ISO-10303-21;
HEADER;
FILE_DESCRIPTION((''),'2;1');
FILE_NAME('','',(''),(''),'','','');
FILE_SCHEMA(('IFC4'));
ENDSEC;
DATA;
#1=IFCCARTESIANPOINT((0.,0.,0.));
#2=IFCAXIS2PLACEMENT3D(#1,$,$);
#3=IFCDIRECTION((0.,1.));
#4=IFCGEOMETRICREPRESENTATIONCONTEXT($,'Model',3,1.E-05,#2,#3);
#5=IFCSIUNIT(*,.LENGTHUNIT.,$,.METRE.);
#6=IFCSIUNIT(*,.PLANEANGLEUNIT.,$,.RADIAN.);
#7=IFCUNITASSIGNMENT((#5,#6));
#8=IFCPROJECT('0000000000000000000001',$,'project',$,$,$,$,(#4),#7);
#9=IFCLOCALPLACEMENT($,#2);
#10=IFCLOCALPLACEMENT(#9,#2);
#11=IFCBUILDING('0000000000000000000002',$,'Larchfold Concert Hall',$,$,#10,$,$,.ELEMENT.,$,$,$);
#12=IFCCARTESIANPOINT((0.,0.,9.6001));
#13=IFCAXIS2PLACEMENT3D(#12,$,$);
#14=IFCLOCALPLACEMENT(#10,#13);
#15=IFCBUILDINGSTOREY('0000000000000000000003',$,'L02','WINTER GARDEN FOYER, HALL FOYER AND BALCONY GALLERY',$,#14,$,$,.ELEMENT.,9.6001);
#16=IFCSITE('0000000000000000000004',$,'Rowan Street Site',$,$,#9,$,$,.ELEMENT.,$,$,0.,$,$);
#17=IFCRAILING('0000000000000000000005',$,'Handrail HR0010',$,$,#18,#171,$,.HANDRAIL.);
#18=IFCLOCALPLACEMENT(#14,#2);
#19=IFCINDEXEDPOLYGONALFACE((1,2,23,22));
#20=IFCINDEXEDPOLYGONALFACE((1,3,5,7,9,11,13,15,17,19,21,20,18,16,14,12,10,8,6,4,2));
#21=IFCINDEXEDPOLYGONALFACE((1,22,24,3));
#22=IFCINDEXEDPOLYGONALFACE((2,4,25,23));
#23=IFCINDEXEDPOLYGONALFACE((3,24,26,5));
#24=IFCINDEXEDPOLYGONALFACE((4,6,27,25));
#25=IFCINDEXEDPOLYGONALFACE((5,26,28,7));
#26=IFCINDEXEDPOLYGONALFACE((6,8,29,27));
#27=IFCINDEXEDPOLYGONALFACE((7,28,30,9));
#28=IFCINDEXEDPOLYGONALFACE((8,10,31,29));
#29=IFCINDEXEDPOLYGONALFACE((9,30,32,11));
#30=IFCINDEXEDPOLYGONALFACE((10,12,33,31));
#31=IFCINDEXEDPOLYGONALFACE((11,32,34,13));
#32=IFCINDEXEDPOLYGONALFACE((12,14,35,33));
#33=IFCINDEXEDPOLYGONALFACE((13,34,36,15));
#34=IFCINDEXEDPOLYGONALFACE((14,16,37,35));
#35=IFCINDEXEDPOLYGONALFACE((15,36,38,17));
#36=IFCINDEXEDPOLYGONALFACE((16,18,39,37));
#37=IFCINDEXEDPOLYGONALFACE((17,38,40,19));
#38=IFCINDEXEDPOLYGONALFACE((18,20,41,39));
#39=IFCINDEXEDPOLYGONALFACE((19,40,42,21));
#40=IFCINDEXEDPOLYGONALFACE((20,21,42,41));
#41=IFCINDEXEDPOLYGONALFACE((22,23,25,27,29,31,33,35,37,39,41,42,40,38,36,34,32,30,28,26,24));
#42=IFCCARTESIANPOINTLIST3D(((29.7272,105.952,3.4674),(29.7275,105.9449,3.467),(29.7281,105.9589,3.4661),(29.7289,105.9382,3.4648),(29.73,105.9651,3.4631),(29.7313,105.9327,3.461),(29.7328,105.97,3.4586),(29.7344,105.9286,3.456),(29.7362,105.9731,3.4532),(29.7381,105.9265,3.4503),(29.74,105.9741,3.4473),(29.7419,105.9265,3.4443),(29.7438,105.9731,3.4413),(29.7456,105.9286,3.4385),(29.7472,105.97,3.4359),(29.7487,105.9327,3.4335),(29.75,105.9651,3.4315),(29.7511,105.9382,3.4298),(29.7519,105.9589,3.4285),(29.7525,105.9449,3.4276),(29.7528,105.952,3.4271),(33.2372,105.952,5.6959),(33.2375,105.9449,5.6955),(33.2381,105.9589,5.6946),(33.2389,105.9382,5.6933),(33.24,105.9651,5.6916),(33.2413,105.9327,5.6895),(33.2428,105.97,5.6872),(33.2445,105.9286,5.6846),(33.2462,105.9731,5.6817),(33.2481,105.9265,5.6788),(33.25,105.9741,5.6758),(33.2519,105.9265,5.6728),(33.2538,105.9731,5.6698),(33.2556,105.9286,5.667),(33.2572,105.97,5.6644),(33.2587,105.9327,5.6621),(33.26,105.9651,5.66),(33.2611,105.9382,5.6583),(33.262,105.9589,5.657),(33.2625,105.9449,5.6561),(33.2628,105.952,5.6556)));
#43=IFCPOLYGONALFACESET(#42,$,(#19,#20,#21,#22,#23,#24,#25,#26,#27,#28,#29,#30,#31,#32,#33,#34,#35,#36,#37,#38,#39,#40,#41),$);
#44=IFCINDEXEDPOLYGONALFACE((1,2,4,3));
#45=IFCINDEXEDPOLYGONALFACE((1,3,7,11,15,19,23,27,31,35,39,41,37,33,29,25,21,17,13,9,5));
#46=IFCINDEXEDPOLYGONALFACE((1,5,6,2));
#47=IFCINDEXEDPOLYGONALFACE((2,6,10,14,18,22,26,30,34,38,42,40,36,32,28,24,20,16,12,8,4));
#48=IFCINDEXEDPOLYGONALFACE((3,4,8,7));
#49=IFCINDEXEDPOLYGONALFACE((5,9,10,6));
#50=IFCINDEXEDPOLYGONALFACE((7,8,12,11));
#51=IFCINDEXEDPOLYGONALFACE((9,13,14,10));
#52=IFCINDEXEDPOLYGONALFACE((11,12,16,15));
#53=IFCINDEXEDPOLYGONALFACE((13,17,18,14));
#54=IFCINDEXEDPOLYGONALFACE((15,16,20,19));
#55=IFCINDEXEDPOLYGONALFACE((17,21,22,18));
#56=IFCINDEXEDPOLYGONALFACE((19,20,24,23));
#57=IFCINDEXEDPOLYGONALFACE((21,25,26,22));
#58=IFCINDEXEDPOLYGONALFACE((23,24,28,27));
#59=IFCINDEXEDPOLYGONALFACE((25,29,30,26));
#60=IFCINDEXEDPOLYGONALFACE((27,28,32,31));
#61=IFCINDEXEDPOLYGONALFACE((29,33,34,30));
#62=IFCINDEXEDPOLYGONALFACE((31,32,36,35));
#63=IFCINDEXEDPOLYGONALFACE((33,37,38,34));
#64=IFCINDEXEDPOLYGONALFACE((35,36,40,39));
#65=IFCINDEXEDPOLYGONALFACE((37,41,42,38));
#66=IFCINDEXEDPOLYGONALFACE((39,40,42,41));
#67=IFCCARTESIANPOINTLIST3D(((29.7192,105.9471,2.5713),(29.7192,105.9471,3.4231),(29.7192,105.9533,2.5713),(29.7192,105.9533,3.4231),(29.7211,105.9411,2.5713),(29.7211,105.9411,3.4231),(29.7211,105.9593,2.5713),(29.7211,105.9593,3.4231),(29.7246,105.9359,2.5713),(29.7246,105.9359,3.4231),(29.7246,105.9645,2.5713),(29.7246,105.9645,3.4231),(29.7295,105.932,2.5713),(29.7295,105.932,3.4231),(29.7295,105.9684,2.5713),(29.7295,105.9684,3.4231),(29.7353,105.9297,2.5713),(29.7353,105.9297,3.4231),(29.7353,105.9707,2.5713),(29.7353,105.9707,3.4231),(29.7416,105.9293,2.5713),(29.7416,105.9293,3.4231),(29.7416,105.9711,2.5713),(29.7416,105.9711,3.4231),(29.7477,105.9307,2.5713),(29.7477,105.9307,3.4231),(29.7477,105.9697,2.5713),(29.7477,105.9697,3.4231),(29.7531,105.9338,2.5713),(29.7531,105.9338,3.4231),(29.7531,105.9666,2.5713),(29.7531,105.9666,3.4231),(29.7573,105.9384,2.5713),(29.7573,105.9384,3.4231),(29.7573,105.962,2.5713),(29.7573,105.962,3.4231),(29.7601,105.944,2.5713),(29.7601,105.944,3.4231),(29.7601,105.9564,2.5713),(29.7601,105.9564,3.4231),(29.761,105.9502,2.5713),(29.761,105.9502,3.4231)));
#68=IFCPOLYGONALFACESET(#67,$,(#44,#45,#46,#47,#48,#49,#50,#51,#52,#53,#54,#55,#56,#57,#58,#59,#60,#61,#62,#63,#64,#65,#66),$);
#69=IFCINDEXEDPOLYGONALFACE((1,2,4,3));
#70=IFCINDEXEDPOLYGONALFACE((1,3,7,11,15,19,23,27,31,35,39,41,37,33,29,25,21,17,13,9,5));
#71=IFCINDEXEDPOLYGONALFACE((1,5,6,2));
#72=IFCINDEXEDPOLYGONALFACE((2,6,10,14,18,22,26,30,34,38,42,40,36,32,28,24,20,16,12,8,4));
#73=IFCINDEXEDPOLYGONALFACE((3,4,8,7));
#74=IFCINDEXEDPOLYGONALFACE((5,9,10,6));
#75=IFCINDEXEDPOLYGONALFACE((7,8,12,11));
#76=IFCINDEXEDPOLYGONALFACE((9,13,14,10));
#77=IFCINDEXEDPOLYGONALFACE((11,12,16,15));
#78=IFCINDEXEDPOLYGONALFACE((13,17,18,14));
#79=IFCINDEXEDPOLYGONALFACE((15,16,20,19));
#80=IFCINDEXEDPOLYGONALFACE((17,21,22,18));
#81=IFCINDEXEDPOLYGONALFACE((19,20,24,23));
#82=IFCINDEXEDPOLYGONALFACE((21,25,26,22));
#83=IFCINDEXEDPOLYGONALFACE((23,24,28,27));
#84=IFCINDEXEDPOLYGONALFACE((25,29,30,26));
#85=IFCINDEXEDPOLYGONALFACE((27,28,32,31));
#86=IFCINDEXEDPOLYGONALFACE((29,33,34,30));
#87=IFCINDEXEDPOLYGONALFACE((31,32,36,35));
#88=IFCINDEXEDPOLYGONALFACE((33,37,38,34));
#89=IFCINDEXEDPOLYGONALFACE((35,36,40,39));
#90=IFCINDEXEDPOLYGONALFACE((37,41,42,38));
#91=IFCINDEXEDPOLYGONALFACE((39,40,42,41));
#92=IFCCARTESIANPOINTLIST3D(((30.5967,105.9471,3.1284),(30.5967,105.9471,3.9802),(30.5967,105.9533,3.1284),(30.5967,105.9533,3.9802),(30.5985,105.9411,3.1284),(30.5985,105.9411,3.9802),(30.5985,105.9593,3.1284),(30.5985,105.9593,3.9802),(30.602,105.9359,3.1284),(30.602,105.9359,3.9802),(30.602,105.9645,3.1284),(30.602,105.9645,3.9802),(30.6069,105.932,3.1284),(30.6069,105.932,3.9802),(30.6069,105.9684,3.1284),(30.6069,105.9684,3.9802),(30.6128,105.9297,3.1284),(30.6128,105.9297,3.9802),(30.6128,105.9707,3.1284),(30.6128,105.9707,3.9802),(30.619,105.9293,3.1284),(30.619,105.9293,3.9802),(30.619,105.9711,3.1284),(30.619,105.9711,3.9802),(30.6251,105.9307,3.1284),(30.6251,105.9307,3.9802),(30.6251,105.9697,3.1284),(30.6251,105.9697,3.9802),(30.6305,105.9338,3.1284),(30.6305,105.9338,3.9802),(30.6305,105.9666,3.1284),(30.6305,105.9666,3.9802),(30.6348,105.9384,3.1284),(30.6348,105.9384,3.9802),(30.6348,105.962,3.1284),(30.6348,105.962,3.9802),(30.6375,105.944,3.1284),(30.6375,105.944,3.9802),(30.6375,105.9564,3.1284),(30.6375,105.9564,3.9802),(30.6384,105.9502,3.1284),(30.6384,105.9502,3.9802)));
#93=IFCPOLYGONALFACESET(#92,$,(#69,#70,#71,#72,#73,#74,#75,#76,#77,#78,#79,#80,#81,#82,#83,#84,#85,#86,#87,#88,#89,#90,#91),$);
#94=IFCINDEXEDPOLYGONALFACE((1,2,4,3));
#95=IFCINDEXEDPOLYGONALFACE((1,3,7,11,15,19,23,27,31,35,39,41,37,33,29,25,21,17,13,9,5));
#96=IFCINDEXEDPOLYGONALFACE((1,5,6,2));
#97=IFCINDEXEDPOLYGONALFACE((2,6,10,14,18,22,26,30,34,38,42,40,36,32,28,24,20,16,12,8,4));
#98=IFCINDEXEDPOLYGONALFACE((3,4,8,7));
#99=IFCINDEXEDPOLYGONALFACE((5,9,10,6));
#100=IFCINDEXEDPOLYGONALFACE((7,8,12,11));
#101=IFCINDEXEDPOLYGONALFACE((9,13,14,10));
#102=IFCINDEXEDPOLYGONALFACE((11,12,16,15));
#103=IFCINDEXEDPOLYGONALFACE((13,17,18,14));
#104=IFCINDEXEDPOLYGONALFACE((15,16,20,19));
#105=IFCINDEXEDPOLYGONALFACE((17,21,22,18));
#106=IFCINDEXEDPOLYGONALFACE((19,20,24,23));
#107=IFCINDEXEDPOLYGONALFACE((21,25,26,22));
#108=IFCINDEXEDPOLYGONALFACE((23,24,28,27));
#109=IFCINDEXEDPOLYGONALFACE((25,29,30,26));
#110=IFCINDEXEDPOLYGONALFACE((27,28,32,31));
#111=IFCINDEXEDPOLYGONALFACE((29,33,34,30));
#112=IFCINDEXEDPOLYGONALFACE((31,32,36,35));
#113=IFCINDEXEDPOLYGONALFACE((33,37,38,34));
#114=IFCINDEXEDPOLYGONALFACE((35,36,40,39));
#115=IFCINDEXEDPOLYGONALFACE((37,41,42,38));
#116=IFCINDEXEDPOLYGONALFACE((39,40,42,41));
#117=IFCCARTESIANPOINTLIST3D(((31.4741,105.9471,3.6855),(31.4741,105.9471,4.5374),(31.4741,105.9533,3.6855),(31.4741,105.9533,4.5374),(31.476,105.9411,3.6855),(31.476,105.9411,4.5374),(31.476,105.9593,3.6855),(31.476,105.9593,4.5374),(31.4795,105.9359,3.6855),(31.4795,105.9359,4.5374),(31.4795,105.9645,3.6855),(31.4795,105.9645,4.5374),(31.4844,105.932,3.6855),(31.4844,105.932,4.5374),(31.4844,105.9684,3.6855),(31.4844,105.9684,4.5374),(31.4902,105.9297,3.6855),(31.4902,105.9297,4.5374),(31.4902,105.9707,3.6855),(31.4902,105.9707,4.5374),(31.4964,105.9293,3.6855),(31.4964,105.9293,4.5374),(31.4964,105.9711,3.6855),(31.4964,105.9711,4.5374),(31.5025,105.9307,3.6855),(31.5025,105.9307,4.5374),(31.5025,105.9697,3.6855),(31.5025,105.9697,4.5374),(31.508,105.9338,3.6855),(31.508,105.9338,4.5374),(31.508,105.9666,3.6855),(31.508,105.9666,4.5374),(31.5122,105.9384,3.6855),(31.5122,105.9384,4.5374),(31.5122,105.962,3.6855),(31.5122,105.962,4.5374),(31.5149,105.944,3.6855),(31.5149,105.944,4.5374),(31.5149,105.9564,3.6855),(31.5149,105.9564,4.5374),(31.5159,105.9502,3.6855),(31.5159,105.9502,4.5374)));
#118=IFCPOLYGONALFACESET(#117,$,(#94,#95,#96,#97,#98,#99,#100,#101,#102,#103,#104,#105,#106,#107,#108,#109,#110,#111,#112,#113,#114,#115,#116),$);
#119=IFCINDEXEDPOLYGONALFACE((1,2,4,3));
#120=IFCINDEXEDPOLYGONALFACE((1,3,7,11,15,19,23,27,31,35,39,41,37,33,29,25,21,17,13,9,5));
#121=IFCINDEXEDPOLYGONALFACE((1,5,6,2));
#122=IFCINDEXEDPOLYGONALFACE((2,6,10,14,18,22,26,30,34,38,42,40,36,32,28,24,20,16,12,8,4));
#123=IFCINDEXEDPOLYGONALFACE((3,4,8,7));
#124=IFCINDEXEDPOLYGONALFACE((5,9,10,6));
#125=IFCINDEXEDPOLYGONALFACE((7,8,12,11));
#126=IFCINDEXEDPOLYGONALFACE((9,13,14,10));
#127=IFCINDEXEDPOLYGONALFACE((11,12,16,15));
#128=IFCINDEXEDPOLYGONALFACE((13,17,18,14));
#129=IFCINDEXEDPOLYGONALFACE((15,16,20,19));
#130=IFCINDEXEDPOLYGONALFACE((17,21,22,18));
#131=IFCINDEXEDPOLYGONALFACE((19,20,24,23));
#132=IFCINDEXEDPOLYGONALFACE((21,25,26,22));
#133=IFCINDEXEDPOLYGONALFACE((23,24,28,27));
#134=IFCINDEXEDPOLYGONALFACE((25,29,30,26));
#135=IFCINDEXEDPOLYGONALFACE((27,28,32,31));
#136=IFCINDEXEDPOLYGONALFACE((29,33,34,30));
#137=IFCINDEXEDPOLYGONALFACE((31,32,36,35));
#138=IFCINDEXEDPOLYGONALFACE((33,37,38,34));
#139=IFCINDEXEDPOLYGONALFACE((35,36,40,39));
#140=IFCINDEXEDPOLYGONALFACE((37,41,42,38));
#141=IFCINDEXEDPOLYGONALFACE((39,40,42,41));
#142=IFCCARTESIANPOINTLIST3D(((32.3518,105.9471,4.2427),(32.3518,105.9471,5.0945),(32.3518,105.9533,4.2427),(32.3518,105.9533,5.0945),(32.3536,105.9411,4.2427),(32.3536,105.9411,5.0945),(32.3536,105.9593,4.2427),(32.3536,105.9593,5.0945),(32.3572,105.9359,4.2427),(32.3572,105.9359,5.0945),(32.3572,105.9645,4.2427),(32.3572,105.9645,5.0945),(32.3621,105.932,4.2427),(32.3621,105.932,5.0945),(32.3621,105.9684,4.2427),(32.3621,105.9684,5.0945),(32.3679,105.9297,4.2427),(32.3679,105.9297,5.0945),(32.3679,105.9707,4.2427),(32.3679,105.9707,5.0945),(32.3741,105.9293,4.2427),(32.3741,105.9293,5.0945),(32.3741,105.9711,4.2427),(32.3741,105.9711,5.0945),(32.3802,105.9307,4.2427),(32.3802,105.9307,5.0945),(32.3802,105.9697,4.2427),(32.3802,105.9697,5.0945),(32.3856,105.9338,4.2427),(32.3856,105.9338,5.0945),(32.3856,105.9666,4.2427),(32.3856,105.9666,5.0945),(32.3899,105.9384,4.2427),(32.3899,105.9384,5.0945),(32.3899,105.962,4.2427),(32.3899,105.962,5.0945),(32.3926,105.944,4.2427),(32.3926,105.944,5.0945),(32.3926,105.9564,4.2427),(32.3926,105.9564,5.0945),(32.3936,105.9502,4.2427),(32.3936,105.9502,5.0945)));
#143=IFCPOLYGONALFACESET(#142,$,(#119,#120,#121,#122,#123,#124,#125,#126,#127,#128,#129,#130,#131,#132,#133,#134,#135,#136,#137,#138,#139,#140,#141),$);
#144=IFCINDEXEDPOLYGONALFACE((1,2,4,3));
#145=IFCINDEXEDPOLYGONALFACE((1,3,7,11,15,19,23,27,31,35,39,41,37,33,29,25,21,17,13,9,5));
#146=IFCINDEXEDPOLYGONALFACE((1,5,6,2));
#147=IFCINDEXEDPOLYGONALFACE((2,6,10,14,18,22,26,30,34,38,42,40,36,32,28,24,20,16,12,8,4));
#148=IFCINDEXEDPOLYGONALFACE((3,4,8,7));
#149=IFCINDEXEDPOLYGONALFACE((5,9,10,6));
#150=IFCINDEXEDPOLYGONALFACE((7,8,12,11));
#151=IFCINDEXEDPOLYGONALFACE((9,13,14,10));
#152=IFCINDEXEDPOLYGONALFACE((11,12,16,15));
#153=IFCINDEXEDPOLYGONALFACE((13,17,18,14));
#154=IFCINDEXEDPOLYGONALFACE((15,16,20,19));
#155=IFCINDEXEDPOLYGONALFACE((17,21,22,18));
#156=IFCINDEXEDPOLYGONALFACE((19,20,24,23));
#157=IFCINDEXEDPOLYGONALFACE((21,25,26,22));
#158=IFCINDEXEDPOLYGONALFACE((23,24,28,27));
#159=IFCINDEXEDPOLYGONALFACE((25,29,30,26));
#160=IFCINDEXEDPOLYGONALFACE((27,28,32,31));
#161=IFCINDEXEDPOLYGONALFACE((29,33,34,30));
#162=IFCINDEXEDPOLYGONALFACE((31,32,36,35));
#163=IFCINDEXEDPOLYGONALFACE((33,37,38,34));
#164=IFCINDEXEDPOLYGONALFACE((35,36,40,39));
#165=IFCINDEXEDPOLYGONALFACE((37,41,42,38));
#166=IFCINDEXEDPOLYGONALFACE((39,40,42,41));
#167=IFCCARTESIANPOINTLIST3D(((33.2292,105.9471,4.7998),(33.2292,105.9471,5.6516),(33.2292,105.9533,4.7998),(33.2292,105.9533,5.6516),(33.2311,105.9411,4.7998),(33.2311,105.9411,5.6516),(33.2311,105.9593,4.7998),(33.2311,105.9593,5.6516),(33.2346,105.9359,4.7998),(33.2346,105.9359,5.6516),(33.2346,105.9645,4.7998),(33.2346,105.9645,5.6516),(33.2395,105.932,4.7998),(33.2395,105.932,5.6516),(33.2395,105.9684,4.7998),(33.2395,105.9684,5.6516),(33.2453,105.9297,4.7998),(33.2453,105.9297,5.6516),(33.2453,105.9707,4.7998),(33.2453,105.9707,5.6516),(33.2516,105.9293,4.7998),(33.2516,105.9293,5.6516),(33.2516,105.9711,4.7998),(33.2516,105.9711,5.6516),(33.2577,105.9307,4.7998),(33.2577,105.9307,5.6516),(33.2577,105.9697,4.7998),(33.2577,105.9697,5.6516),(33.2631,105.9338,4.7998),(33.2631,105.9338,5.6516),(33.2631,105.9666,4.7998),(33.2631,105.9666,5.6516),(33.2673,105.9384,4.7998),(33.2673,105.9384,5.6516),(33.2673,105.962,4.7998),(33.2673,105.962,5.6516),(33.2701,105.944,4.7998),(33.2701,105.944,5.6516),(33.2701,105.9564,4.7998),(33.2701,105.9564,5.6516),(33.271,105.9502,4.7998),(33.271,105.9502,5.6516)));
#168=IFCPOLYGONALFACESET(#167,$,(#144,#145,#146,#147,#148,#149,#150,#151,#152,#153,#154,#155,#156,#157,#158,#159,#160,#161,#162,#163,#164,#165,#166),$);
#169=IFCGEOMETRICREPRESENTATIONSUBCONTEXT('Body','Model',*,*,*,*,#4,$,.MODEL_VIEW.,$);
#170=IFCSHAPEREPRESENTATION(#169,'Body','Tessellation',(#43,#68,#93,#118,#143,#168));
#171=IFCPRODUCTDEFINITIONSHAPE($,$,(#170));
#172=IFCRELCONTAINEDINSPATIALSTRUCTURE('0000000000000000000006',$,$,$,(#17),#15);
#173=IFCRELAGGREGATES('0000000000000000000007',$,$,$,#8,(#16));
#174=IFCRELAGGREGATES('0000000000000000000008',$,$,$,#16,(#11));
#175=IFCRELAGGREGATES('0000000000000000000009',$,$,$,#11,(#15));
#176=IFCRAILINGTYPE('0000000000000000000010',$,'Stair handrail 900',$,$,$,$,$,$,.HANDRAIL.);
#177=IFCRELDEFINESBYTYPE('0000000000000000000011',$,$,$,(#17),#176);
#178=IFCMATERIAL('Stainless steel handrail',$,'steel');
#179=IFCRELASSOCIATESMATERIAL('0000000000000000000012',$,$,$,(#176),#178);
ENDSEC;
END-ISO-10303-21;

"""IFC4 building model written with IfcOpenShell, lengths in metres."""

from ifc_helpers import new_model, si_unit, direction, frame, origin, origin_2d, place, context, subcontext, project, spatial, circle, extrude, material, type_object, element, save


model = new_model("IFC4")

# Units and contexts
model_context = context("Model", 3, precision=1e-05, world=origin(), true_north=direction((0.0, 1.0)))
body_context = subcontext(model_context, "Body", "Model", "MODEL_VIEW")
ifc_project = project(units=[si_unit("LENGTHUNIT", "METRE"), si_unit("PLANEANGLEUNIT", "RADIAN")], contexts=[model_context])

# Site, building, storey
site_placement = place(None, origin())
site = spatial("IfcSite", under=ifc_project, at=site_placement, Name="Rowan Street Site", CompositionType="ELEMENT", RefElevation=0.0)
building_placement = place(site_placement, origin())
building = spatial("IfcBuilding", under=site, at=building_placement, Name="Larchfold Concert Hall", CompositionType="ELEMENT")
storey_placement = place(building_placement, frame((0.0, 0.0, 9.6001)))
storey = spatial("IfcBuildingStorey", under=building, at=storey_placement, Name="L02", Description="WINTER GARDEN FOYER, HALL FOYER AND BALCONY GALLERY", CompositionType="ELEMENT", Elevation=9.6001)

# Railing
ifc_material_1 = material(Name="Stainless steel handrail", Category="steel")
railing_type_1 = type_object("IfcRailingType", Name="Stair handrail 900", PredefinedType="HANDRAIL", material=ifc_material_1)
railing_1_placement = place(storey_placement, frame((29.74, 105.9502, 2.5713)))
element("IfcRailing", 1, at=railing_1_placement, inside=storey, type_object=railing_type_1, Name="Handrail HR0010", PredefinedType="HANDRAIL", context=body_context, shape_type="SweptSolid", body=[
    extrude(circle(Radius=0.0239, at=origin_2d()), frame((0.0, 0.0, 0.876), z_axis=(0.84422, 0.0, 0.535998), x_axis=(0.0, 1.0, 0.0)), (0.0, 0.0, 1.0), 4.1577),
    extrude(circle(Radius=0.021, at=origin_2d()), origin(), (0.0, 0.0, 1.0), 0.8518),
    extrude(circle(Radius=0.021, at=origin_2d()), frame((0.8774, 0.0, 0.5571)), (0.0, 0.0, 1.0), 0.8518),
    extrude(circle(Radius=0.021, at=origin_2d()), frame((1.7549, 0.0, 1.1143)), (0.0, 0.0, 1.0), 0.8518),
    extrude(circle(Radius=0.021, at=origin_2d()), frame((2.6326, 0.0, 1.6714)), (0.0, 0.0, 1.0), 0.8518),
    extrude(circle(Radius=0.021, at=origin_2d()), frame((3.51, 0.0, 2.2285)), (0.0, 0.0, 1.0), 0.8518),
])

save(model, "model.ifc")
